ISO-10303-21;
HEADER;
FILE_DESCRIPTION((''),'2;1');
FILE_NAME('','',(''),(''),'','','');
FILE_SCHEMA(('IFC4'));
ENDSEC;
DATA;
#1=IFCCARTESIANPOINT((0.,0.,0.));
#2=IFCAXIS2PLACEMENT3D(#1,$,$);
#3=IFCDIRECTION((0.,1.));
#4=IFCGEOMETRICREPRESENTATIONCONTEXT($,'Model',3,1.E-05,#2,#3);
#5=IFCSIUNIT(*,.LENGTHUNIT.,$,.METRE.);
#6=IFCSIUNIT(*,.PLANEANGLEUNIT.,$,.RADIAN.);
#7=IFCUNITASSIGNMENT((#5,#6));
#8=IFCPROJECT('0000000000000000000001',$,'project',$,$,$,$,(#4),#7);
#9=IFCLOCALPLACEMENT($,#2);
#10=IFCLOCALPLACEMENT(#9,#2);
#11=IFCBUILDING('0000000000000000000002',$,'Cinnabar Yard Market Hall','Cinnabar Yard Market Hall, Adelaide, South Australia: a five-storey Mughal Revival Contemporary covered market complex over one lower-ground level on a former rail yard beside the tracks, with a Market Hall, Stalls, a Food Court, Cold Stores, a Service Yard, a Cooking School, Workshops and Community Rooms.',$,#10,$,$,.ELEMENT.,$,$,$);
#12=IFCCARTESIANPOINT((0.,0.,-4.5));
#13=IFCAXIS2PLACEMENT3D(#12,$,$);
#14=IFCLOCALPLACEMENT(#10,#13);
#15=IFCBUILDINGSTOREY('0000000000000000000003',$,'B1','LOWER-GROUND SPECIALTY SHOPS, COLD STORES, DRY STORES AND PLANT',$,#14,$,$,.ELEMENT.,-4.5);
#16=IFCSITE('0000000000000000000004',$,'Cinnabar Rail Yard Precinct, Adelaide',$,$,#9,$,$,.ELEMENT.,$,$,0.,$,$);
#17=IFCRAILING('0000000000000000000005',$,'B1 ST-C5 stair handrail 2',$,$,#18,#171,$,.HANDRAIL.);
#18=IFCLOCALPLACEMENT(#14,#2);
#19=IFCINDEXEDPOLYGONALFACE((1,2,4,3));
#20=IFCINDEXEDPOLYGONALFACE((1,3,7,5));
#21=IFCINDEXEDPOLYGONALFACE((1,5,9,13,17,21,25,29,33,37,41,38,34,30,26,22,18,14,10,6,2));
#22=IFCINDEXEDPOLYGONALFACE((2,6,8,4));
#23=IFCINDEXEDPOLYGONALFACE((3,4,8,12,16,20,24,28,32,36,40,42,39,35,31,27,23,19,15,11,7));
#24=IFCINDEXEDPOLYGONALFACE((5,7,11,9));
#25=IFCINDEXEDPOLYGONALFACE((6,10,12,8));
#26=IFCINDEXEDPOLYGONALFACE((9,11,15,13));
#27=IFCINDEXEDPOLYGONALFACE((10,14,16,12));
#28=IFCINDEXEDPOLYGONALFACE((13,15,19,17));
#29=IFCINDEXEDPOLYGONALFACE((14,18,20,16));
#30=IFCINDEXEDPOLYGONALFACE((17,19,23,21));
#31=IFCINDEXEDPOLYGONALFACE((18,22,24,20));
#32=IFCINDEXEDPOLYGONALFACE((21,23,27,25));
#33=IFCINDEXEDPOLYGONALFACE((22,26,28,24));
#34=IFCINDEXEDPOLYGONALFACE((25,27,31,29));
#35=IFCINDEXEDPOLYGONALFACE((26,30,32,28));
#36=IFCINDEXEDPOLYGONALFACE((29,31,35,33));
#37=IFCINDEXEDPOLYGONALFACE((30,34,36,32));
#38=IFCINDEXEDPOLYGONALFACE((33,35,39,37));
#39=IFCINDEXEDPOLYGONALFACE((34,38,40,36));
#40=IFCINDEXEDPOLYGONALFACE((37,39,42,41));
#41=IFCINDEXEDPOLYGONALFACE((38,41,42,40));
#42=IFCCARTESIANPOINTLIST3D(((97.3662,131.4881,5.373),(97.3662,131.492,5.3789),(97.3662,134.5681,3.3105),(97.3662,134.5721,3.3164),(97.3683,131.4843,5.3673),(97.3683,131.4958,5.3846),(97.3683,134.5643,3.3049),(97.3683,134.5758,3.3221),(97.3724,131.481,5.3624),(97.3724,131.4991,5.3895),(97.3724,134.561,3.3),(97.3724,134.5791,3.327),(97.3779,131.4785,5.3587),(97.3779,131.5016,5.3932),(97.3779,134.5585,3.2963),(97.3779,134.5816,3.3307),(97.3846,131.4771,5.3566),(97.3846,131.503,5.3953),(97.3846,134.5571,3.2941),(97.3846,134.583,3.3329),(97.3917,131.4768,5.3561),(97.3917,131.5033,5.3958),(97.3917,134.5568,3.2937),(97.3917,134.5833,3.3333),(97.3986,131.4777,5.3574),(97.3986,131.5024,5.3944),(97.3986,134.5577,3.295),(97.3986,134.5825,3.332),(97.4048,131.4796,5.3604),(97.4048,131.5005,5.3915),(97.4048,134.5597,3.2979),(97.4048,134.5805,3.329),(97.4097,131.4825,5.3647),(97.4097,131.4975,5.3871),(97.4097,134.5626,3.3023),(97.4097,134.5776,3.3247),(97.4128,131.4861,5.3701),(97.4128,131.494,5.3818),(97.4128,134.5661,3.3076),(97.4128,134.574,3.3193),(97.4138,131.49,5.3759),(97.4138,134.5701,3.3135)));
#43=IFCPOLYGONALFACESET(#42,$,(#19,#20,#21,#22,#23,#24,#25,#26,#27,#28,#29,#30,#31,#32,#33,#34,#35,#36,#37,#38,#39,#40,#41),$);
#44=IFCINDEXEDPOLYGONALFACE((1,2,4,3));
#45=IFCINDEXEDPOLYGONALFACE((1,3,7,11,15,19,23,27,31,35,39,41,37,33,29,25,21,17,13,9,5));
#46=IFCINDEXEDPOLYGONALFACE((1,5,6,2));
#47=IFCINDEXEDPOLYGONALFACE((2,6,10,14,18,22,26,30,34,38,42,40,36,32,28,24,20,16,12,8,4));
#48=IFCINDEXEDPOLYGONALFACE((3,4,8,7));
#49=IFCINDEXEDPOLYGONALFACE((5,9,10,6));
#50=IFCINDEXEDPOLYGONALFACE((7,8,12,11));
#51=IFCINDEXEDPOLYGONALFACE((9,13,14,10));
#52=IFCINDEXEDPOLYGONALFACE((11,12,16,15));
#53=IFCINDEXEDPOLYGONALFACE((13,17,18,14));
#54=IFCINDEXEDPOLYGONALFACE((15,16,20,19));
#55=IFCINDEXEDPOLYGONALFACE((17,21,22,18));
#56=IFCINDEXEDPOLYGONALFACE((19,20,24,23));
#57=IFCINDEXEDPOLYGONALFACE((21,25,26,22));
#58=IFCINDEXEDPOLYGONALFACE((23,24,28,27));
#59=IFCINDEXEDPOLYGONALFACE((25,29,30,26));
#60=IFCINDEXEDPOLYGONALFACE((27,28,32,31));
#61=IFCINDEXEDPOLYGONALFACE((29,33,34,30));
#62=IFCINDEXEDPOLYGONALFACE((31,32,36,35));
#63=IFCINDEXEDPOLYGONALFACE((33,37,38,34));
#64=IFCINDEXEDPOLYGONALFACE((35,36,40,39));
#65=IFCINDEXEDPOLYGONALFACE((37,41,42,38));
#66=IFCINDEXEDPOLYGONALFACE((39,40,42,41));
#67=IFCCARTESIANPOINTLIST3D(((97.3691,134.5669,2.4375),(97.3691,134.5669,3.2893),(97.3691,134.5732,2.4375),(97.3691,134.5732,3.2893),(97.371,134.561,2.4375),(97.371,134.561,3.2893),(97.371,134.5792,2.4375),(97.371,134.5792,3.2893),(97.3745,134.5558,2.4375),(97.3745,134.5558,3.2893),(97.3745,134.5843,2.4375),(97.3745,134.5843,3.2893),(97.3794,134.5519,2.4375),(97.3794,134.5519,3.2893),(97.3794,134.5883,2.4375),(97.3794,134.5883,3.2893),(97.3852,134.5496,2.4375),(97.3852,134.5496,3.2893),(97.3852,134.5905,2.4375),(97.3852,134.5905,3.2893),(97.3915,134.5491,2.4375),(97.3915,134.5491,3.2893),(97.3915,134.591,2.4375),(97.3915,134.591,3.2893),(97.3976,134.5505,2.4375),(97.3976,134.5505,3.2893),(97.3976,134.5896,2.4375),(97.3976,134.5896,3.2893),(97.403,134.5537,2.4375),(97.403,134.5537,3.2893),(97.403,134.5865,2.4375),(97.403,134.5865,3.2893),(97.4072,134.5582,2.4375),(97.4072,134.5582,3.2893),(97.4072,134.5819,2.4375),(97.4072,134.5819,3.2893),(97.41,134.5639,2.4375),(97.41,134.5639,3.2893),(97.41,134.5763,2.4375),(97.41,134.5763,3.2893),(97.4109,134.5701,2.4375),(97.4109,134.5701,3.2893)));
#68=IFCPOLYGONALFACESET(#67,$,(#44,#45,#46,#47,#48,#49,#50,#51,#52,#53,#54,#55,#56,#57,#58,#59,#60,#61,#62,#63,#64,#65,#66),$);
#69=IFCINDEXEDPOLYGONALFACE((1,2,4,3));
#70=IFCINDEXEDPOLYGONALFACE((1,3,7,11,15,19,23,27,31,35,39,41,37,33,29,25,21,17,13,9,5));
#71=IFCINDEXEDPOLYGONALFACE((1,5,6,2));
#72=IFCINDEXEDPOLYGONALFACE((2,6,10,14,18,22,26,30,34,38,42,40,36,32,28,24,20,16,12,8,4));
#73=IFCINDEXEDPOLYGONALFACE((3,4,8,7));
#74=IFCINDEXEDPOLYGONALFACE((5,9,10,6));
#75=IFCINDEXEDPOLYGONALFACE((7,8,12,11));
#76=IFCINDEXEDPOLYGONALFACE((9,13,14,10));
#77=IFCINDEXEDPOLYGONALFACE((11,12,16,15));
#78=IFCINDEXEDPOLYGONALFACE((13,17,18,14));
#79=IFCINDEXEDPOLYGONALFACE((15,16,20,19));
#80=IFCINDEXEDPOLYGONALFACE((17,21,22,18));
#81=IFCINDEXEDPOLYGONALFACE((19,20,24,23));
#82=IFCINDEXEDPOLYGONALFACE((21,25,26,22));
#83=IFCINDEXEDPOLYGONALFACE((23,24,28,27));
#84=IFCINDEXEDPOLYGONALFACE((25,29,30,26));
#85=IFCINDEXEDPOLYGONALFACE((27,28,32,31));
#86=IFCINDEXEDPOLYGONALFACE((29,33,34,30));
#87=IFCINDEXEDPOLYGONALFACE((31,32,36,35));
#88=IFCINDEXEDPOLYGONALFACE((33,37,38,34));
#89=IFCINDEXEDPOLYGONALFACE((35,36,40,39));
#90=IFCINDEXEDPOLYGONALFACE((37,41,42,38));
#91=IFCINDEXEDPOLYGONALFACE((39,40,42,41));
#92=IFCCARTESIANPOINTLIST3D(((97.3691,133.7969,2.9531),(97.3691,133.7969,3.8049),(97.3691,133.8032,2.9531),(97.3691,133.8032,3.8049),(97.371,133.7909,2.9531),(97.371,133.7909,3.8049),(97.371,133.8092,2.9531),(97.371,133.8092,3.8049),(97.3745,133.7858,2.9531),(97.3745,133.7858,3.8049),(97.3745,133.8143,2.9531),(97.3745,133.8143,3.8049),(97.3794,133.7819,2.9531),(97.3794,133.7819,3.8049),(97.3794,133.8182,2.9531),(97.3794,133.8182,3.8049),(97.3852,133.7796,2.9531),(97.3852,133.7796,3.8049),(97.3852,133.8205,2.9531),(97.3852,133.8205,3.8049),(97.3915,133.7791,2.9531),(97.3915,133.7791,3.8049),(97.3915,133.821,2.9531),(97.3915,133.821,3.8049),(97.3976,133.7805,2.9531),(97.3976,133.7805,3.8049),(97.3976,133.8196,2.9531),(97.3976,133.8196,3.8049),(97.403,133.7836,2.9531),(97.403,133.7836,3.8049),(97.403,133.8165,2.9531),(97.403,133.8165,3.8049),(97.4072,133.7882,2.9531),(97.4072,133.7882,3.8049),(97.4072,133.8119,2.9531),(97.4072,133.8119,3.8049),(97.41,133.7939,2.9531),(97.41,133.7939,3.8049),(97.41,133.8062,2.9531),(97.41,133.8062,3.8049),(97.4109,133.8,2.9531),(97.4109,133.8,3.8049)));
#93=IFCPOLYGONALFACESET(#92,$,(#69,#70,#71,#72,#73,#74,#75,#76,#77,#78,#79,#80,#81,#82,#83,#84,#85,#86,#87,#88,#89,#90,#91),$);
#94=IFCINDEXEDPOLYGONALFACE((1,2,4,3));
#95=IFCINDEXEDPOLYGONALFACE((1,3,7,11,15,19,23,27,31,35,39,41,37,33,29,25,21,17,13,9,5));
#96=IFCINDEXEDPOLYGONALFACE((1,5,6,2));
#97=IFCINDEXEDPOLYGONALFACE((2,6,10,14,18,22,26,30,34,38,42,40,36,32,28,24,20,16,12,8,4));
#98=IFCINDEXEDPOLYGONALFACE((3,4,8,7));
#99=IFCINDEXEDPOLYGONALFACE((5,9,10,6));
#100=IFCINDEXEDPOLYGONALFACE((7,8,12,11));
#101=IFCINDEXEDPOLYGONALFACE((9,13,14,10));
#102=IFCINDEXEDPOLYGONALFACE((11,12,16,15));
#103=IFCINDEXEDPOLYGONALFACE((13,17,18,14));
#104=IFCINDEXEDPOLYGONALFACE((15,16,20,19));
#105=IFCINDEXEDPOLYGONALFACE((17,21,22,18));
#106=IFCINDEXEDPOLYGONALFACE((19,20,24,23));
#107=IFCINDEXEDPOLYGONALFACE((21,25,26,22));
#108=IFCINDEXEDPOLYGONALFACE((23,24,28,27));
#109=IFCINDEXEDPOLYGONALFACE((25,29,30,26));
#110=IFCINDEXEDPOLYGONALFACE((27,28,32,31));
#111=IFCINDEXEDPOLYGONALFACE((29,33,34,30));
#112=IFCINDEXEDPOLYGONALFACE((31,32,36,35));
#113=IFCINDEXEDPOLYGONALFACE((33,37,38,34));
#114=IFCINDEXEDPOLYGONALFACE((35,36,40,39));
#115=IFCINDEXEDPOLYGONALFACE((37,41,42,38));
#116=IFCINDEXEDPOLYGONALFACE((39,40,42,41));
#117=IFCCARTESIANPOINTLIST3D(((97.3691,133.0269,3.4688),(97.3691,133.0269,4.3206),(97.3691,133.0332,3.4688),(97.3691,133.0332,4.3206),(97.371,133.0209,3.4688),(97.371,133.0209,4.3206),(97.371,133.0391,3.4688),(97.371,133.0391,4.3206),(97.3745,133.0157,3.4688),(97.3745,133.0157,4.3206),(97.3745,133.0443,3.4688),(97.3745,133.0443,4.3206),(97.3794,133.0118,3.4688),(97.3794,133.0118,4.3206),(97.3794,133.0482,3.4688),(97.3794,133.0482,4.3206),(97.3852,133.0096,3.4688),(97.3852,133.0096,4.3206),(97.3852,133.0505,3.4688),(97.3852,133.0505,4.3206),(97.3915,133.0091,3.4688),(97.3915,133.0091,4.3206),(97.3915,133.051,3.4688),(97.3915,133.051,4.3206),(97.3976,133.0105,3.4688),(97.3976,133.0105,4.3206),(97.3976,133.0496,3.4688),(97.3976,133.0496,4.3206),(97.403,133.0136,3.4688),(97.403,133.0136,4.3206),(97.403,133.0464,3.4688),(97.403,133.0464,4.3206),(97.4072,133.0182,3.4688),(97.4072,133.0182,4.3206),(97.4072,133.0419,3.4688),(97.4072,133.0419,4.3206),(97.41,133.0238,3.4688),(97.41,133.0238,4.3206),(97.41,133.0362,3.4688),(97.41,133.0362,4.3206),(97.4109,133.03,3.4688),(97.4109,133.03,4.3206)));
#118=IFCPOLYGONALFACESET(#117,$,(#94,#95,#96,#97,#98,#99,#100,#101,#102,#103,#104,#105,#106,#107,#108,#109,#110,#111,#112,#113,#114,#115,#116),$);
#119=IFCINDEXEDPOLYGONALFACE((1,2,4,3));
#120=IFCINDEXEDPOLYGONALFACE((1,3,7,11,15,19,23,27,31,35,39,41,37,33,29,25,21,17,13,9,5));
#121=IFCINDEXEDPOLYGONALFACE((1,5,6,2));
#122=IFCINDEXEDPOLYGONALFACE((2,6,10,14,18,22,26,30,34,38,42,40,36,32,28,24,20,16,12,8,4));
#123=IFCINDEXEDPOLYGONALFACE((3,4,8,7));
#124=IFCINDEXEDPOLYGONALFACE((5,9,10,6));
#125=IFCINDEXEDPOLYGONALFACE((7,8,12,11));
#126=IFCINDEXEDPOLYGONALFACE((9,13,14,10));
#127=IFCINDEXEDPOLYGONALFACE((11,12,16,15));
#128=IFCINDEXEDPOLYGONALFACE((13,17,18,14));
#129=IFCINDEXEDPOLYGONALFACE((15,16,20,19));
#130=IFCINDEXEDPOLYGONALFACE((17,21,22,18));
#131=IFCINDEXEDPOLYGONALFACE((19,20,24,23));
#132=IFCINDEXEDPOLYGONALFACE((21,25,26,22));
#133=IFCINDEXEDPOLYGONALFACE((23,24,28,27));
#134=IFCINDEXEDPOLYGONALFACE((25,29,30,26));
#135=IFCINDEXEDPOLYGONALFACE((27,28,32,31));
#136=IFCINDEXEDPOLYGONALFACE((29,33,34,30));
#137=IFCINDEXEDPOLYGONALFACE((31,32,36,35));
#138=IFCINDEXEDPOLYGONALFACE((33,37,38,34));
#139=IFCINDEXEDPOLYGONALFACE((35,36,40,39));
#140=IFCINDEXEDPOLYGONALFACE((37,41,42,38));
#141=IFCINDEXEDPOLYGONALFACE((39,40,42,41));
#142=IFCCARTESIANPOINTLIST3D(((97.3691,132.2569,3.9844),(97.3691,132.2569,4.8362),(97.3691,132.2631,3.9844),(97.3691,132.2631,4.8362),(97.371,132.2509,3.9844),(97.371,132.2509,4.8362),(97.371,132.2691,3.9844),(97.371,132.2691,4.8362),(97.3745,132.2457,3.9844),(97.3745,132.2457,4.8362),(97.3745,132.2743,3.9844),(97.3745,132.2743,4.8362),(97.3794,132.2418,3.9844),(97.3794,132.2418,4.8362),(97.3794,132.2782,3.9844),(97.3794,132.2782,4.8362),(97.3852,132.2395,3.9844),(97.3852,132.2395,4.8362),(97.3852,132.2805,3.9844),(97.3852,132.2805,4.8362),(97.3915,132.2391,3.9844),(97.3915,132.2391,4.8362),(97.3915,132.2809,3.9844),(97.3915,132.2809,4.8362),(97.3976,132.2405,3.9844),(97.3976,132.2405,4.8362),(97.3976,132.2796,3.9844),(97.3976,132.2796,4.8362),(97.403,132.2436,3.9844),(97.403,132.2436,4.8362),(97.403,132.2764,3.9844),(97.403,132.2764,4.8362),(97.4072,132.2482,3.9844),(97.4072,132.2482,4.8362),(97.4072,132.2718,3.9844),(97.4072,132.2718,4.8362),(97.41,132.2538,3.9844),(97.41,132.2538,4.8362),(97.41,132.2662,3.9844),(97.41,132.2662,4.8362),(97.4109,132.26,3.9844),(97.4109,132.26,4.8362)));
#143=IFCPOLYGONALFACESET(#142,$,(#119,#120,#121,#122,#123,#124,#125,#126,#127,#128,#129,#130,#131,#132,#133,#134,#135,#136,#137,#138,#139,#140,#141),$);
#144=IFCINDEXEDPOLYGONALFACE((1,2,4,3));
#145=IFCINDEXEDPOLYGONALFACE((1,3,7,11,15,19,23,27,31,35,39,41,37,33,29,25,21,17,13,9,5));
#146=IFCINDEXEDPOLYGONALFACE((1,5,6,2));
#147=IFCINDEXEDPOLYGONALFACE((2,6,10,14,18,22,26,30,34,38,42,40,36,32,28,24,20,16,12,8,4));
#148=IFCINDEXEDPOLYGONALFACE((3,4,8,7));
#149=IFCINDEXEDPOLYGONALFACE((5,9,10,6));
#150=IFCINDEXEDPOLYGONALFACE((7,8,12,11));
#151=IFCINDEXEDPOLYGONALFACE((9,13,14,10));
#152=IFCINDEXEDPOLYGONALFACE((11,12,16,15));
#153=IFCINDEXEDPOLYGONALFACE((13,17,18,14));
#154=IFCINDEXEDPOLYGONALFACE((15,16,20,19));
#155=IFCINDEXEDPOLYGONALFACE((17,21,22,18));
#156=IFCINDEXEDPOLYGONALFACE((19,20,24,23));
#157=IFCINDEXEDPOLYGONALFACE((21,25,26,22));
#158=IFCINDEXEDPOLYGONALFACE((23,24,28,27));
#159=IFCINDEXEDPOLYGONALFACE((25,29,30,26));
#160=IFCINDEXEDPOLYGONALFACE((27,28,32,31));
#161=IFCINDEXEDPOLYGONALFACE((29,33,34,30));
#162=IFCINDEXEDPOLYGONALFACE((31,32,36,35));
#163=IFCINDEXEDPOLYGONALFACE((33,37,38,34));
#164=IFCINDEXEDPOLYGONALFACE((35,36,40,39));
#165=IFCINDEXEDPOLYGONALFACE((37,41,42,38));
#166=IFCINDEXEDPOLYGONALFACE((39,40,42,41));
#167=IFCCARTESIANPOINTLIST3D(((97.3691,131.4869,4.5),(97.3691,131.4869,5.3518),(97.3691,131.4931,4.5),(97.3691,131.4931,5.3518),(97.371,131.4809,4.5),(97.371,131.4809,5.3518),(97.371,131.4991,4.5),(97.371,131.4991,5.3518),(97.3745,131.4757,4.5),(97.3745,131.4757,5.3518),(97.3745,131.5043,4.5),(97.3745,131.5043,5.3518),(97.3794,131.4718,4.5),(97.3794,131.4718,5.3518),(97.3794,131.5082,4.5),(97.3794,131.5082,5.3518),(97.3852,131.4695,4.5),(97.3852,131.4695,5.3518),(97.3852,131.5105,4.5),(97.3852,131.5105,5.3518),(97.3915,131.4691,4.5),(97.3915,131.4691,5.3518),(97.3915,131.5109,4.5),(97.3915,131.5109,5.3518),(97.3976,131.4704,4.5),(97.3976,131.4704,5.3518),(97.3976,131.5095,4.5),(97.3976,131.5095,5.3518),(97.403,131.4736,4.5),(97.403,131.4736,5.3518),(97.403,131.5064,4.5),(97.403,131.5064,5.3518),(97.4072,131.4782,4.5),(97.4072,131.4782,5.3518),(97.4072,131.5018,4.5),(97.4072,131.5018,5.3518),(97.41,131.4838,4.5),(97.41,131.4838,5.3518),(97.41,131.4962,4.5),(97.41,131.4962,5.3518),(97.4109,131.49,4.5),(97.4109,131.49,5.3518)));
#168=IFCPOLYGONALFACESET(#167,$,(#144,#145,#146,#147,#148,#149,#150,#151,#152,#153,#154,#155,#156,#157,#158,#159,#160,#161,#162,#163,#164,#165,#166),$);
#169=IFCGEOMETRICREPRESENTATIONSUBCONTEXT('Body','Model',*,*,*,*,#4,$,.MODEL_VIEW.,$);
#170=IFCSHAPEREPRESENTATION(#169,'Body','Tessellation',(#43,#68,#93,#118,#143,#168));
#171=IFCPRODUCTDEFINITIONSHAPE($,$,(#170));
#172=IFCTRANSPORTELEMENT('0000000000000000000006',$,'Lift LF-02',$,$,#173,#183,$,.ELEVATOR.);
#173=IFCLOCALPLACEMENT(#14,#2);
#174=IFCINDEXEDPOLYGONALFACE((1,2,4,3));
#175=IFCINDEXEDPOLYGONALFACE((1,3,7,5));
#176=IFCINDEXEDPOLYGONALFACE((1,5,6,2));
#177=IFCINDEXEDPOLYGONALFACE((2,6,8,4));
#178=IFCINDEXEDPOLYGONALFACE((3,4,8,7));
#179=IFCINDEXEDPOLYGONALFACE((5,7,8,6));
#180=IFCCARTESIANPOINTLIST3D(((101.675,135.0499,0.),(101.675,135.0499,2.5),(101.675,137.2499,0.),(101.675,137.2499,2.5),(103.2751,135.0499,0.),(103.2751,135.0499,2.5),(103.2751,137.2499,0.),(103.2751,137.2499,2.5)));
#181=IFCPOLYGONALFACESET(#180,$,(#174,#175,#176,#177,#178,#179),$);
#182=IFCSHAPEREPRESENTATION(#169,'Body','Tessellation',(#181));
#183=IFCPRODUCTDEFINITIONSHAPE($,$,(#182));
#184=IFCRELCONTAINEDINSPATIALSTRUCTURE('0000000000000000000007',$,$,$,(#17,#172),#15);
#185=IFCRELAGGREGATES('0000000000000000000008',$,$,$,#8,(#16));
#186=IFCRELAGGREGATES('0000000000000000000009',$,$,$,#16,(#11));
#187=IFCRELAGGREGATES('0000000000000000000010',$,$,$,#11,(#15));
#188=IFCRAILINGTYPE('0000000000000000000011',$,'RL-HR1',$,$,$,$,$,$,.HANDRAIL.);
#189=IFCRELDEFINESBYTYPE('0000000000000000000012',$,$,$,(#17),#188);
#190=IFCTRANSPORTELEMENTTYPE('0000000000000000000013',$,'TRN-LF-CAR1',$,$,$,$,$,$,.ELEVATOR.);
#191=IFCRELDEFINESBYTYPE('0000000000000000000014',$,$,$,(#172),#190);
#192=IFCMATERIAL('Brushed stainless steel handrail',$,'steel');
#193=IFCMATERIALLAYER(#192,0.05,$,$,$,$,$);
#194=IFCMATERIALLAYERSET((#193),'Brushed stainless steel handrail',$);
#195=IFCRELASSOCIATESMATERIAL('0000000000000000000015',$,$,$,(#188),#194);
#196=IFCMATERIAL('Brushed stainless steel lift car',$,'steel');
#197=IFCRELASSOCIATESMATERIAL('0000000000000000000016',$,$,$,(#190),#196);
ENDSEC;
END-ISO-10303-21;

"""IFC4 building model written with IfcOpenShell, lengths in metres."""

from ifc_helpers import new_model, si_unit, direction, frame, origin, origin_2d_with_axis, place, context, subcontext, project, spatial, rectangle, circle, extrude, material, layer, layer_set, type_object, element, save


model = new_model("IFC4")

# Units and contexts
model_context = context("Model", 3, precision=1e-05, world=origin(), true_north=direction((0.0, 1.0)))
body_context = subcontext(model_context, "Body", "Model", "MODEL_VIEW")
ifc_project = project(units=[si_unit("LENGTHUNIT", "METRE"), si_unit("PLANEANGLEUNIT", "RADIAN")], contexts=[model_context])

# Site, building, storey
site_placement = place(None, origin())
site = spatial("IfcSite", under=ifc_project, at=site_placement, Name="Cinnabar Rail Yard Precinct, Adelaide", CompositionType="ELEMENT", RefElevation=0.0)
building_placement = place(site_placement, origin())
building = spatial("IfcBuilding", under=site, at=building_placement, Name="Cinnabar Yard Market Hall", Description="Cinnabar Yard Market Hall, Adelaide, South Australia: a five-storey Mughal Revival Contemporary covered market complex over one lower-ground level on a former rail yard beside the tracks, with a Market Hall, Stalls, a Food Court, Cold Stores, a Service Yard, a Cooking School, Workshops and Community Rooms.", CompositionType="ELEMENT")
storey_placement = place(building_placement, frame((0.0, 0.0, -4.5)))
storey = spatial("IfcBuildingStorey", under=building, at=storey_placement, Name="B1", Description="LOWER-GROUND SPECIALTY SHOPS, COLD STORES, DRY STORES AND PLANT", CompositionType="ELEMENT", Elevation=-4.5)

# Railing
ifc_material_1 = material(Name="Brushed stainless steel handrail", Category="steel")
ifc_layer_1 = layer(ifc_material_1, 0.05)
ifc_layer_set_1 = layer_set([ifc_layer_1], Name="Brushed stainless steel handrail")
railing_type_1 = type_object("IfcRailingType", Name="RL-HR1", PredefinedType="HANDRAIL", material=ifc_layer_set_1)
railing_1_placement = place(storey_placement, frame((97.3899, 134.5701, 2.4375)))
element("IfcRailing", 1, at=railing_1_placement, inside=storey, type_object=railing_type_1, Name="B1 ST-C5 stair handrail 2", PredefinedType="HANDRAIL", context=body_context, shape_type="SweptSolid", body=[
    extrude(circle(Radius=0.0239, at=origin_2d_with_axis()), frame((0.0, 0.0, 0.876), z_axis=(0.0, -0.830914, 0.556401), x_axis=(1.0, 0.0, 0.0)), (0.0, 0.0, 1.0), 3.7068),
    extrude(circle(Radius=0.021, at=origin_2d_with_axis()), origin(), (0.0, 0.0, 1.0), 0.8518),
    extrude(circle(Radius=0.021, at=origin_2d_with_axis()), frame((0.0, -0.77, 0.5156)), (0.0, 0.0, 1.0), 0.8518),
    extrude(circle(Radius=0.021, at=origin_2d_with_axis()), frame((0.0, -1.54, 1.0312)), (0.0, 0.0, 1.0), 0.8518),
    extrude(circle(Radius=0.021, at=origin_2d_with_axis()), frame((0.0, -2.3101, 1.5469)), (0.0, 0.0, 1.0), 0.8518),
    extrude(circle(Radius=0.021, at=origin_2d_with_axis()), frame((0.0, -3.0801, 2.0625)), (0.0, 0.0, 1.0), 0.8518),
])

# Transport element
ifc_material_2 = material(Name="Brushed stainless steel lift car", Category="steel")
transport_element_type = type_object("IfcTransportElementType", Name="TRN-LF-CAR1", PredefinedType="ELEVATOR", material=ifc_material_2)
transport_element_placement = place(storey_placement, frame((102.4751, 136.1499, 0.0), z_axis=(0.0, 0.0, 1.0), x_axis=(1.0, 0.0, 0.0)))
element("IfcTransportElement", 2, at=transport_element_placement, inside=storey, type_object=transport_element_type, Name="Lift LF-02", PredefinedType="ELEVATOR", context=body_context, shape_type="SweptSolid", body=[
    extrude(rectangle(XDim=1.6001, YDim=2.2, at=origin_2d_with_axis()), origin(), (0.0, 0.0, 1.0), 2.5),
])

save(model, "model.ifc")
